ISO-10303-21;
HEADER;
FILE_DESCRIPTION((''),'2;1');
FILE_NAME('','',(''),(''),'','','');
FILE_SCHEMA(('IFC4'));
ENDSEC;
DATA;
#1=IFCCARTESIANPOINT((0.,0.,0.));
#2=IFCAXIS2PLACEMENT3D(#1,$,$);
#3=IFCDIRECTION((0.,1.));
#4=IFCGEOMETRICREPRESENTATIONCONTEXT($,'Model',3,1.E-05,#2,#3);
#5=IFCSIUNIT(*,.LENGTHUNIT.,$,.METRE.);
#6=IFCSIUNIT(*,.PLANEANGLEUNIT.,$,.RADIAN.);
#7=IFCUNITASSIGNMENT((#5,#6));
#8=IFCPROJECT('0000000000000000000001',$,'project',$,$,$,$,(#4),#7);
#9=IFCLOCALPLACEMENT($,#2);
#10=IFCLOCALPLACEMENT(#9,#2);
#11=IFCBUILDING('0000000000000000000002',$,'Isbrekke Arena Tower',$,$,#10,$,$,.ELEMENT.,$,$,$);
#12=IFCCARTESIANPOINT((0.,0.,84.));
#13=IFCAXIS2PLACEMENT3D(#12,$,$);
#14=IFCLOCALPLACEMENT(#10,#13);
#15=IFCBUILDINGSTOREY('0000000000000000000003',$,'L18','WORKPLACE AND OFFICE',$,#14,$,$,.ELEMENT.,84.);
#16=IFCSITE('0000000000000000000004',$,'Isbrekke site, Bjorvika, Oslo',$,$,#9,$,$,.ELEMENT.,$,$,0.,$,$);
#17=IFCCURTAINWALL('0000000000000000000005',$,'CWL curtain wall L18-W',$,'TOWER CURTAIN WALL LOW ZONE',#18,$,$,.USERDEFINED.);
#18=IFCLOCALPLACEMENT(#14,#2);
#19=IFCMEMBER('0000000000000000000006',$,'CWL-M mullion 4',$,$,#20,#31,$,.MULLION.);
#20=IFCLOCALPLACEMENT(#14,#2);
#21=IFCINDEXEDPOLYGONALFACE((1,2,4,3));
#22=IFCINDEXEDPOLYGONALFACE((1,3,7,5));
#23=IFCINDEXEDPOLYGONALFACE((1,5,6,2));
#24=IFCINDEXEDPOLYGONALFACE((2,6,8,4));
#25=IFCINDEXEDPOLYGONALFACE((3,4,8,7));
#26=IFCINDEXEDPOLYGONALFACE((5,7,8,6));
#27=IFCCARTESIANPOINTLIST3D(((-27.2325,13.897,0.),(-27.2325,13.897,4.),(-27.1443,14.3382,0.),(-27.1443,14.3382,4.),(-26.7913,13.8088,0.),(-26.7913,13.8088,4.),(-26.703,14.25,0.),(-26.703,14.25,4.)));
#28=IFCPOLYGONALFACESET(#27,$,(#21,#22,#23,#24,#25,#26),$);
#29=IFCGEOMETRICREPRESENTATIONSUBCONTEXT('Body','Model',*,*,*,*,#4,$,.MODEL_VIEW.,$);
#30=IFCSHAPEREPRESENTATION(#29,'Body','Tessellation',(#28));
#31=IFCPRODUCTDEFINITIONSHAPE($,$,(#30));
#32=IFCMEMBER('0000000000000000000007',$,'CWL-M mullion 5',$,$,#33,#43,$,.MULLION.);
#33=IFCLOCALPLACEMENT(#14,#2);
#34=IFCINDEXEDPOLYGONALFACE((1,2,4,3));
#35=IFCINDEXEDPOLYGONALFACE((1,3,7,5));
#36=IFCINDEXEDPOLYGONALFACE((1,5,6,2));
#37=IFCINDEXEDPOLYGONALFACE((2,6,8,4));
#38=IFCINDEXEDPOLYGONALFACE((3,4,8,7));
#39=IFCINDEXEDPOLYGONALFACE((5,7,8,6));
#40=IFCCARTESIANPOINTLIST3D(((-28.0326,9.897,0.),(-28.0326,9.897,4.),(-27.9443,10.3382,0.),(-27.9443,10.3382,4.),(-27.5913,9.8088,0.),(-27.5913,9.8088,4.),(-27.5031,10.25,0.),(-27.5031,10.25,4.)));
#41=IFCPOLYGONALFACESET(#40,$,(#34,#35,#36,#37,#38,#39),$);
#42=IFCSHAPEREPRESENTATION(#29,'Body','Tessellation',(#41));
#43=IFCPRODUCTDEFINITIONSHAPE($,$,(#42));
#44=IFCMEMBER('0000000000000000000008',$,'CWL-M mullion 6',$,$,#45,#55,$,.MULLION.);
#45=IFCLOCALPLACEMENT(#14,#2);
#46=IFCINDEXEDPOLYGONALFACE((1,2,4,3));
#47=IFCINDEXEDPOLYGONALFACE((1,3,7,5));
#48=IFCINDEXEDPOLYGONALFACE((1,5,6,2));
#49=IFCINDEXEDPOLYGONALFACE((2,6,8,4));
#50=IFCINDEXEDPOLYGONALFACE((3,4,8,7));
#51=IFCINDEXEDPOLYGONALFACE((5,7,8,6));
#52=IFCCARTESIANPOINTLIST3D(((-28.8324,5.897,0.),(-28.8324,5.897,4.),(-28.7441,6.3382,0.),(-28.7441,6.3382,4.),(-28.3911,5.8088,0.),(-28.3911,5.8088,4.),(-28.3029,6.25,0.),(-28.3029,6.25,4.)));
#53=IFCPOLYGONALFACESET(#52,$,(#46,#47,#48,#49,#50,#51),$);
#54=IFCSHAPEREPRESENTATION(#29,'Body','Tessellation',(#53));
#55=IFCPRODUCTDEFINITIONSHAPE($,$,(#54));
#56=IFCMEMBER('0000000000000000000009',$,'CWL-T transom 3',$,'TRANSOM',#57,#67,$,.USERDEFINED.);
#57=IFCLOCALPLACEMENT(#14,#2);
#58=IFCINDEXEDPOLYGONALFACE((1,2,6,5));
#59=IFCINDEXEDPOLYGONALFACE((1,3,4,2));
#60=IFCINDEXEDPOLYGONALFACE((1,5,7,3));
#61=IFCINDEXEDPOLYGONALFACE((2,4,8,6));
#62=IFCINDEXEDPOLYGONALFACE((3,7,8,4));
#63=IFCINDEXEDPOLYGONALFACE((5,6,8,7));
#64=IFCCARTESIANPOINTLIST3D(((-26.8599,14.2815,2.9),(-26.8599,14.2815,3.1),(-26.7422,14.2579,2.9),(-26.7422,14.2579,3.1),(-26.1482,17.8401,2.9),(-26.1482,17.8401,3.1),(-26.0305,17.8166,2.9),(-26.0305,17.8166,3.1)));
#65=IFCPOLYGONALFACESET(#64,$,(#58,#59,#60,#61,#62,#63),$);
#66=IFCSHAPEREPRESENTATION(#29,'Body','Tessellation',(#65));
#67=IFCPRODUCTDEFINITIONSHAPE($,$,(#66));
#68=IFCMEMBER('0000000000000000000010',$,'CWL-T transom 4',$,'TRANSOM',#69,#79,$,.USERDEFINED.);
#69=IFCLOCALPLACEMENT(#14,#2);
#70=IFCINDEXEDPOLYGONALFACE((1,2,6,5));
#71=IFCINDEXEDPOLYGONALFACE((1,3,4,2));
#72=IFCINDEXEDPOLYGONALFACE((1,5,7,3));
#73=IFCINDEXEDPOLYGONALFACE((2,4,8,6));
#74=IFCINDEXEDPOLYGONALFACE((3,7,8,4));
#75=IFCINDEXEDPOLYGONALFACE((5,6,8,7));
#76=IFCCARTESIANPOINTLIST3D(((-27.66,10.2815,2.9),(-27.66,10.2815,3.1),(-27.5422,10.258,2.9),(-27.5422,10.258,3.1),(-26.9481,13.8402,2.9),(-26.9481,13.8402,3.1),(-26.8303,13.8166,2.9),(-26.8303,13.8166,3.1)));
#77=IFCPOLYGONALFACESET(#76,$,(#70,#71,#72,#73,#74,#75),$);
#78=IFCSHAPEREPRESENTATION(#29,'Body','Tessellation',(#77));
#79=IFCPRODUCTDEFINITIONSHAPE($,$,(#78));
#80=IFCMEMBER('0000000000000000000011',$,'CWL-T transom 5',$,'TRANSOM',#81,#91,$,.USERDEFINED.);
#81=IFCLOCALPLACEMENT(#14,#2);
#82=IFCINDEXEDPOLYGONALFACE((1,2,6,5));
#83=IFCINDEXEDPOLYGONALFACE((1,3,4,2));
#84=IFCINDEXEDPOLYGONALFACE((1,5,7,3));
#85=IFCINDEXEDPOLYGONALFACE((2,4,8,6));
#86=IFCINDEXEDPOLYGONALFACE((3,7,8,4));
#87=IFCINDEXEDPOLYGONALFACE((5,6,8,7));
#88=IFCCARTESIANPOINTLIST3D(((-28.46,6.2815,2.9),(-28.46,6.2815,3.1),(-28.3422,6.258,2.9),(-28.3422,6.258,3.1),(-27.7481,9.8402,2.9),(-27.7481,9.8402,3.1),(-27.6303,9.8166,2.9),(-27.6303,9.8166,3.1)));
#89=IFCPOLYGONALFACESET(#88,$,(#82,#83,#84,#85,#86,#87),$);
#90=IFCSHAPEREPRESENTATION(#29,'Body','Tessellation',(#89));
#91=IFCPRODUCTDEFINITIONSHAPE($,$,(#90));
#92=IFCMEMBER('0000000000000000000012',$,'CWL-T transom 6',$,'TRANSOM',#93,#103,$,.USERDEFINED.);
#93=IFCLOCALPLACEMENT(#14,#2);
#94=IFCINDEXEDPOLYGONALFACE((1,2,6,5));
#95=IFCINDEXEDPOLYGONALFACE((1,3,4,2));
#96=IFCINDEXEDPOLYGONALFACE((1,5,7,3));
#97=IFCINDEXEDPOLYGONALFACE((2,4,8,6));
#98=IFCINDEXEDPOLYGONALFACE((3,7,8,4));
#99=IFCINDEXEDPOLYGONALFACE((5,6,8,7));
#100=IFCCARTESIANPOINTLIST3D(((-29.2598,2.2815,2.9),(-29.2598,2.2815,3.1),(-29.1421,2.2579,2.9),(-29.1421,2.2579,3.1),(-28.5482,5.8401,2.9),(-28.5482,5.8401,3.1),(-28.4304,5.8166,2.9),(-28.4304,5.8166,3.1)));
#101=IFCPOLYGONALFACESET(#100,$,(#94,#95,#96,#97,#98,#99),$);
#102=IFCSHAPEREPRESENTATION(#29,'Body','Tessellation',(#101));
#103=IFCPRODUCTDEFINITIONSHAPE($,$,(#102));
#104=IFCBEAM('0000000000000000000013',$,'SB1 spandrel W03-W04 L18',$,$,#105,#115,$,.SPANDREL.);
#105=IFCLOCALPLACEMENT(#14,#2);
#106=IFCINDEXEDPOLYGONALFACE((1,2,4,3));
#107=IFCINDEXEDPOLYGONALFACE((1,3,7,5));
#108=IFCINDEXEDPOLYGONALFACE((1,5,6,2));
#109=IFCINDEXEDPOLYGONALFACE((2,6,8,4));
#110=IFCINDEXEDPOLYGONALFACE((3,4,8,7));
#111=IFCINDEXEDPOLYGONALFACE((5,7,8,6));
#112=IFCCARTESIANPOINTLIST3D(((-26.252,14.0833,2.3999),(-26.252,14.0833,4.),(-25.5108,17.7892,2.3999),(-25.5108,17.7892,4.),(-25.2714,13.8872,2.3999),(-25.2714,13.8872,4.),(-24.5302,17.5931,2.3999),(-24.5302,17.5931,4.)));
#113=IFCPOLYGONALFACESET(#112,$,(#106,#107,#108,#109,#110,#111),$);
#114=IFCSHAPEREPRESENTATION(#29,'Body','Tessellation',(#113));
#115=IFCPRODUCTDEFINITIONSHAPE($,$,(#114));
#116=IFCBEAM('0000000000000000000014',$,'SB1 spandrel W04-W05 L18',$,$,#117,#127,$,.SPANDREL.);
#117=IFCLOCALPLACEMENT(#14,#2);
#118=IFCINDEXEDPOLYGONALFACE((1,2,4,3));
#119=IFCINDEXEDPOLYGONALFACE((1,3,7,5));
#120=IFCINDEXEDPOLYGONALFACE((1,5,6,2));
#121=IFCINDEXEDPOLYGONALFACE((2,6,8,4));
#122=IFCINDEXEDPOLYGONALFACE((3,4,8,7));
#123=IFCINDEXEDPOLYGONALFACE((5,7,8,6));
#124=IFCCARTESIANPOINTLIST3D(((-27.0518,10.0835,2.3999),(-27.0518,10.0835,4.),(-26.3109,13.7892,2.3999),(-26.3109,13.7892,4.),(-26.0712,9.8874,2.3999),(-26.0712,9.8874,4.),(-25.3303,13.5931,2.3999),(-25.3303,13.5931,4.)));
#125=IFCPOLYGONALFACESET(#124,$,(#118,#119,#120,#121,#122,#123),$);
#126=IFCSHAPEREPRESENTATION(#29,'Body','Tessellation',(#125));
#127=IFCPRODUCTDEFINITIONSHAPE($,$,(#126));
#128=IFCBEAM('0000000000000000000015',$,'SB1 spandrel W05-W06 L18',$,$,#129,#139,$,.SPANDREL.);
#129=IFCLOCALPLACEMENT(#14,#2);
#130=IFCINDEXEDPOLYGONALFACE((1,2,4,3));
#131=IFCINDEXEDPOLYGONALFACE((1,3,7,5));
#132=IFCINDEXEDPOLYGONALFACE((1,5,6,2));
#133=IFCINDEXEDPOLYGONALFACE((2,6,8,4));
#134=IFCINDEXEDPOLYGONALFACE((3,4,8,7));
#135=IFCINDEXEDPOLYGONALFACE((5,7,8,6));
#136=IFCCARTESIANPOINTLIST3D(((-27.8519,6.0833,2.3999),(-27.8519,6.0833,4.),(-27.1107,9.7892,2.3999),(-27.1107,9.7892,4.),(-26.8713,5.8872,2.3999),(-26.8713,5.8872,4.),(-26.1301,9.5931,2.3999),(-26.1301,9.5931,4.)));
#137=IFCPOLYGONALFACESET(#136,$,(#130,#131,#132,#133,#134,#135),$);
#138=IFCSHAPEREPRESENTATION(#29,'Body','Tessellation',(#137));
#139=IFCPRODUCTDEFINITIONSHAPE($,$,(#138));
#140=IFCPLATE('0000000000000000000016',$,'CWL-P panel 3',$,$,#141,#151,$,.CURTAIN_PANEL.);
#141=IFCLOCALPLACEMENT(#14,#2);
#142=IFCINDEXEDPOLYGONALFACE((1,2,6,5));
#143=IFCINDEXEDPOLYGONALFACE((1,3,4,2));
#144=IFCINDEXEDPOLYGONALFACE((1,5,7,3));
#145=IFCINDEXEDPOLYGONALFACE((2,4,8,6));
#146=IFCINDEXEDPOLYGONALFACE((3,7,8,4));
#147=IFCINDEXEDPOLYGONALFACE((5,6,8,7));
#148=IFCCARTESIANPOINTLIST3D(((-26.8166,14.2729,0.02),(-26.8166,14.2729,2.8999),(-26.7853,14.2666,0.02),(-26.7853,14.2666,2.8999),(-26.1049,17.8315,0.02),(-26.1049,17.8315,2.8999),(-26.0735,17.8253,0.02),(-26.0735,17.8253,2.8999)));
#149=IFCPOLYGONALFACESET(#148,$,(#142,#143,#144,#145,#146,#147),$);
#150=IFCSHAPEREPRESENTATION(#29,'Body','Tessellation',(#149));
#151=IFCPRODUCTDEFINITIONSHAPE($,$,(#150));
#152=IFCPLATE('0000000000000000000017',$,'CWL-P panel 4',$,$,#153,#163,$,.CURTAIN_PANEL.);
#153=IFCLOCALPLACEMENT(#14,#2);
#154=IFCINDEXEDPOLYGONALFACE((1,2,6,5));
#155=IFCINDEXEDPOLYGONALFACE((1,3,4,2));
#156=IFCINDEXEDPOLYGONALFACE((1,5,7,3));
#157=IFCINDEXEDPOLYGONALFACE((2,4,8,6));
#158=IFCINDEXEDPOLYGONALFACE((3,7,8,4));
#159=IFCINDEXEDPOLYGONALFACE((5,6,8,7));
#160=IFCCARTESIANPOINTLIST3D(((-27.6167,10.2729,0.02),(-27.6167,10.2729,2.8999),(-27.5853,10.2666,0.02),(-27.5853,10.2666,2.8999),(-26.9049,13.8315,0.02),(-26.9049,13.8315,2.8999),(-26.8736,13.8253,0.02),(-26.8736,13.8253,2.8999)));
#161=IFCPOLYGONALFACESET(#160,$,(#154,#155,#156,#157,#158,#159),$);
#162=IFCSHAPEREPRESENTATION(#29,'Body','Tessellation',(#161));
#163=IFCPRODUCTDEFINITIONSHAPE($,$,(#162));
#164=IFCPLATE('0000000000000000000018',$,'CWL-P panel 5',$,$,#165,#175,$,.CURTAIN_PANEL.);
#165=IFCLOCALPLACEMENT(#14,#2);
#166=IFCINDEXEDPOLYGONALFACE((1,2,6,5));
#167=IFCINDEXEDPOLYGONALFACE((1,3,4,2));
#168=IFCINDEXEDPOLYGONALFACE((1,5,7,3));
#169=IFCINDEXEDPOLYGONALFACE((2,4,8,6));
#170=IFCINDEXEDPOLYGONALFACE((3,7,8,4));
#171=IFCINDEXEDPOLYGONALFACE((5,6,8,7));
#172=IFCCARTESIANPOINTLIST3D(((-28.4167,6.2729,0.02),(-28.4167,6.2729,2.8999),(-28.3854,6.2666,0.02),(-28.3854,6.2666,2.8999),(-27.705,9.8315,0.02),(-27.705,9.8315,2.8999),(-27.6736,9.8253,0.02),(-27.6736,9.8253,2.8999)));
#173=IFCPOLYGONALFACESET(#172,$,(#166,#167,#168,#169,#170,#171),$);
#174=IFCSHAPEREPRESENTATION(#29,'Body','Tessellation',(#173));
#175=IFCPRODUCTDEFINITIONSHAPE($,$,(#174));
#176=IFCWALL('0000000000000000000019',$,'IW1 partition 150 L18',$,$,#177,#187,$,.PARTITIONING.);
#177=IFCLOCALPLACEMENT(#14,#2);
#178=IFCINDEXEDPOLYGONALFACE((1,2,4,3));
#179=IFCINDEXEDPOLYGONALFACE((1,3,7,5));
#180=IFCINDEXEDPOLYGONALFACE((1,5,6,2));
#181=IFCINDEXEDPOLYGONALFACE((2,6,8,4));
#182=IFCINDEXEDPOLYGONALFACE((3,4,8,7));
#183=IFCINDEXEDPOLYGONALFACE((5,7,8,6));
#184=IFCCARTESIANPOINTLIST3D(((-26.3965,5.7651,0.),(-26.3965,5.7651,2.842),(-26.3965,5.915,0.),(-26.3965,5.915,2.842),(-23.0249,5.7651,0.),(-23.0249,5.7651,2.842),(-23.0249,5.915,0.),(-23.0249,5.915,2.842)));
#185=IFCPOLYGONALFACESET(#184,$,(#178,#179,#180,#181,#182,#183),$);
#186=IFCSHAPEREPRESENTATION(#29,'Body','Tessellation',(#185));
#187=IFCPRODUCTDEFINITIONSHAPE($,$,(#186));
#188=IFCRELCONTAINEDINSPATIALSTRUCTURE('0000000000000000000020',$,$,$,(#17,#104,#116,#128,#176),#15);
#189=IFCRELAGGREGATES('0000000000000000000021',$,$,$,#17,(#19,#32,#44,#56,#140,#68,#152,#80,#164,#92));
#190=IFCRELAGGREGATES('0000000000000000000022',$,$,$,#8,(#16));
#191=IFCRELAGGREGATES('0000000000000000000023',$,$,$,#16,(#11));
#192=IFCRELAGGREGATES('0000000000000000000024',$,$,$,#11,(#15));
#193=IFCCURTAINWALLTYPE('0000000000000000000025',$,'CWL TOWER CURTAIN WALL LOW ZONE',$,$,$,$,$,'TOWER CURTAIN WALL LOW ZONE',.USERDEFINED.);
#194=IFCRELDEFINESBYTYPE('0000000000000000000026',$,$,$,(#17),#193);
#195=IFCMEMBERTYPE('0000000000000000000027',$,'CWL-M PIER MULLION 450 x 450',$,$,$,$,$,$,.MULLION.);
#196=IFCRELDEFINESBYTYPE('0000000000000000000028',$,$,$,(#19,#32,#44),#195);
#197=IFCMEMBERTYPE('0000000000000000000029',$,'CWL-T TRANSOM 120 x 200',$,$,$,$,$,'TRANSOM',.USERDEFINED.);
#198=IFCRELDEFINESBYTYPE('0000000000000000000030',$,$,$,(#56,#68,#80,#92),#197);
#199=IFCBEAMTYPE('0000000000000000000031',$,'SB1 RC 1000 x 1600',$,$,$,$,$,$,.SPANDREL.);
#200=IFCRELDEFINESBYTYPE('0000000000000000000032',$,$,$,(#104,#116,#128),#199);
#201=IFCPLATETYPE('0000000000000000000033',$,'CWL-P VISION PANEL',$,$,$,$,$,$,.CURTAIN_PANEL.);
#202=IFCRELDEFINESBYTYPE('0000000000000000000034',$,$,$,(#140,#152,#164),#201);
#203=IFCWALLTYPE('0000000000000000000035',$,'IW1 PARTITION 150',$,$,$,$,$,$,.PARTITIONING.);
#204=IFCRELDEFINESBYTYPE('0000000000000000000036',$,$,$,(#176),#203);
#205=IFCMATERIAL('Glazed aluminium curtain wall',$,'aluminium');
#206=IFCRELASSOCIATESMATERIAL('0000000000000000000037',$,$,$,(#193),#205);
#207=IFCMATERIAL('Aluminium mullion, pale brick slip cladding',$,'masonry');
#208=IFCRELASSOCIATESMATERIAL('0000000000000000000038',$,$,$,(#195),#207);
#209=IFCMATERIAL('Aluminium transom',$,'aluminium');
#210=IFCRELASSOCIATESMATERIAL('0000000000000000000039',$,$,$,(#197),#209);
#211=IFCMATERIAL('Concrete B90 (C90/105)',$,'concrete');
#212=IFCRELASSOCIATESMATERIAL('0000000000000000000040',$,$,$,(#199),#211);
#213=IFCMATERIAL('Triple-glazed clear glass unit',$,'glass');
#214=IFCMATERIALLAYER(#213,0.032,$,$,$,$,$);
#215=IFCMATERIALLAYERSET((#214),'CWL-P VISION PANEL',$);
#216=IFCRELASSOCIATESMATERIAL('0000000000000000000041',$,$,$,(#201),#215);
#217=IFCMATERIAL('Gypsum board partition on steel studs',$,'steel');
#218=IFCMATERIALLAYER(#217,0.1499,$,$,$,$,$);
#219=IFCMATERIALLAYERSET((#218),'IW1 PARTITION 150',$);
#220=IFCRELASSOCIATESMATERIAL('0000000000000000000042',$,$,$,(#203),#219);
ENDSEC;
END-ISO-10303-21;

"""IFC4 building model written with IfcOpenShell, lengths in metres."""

from ifc_helpers import new_model, si_unit, direction, frame, frame_2d, origin, origin_2d, place, context, subcontext, project, spatial, rectangle, extrude, material, layer, layer_set, material_profile, profile_set, type_object, element, aggregate, save


model = new_model("IFC4")

# Units and contexts
model_context = context("Model", 3, precision=1e-05, world=origin(), true_north=direction((0.0, 1.0)))
body_context = subcontext(model_context, "Body", "Model", "MODEL_VIEW")
ifc_project = project(units=[si_unit("LENGTHUNIT", "METRE"), si_unit("PLANEANGLEUNIT", "RADIAN")], contexts=[model_context])

# Site, building, storey
site_placement = place(None, origin())
site = spatial("IfcSite", under=ifc_project, at=site_placement, Name="Isbrekke site, Bjorvika, Oslo", CompositionType="ELEMENT", RefElevation=0.0)
building_placement = place(site_placement, origin())
building = spatial("IfcBuilding", under=site, at=building_placement, Name="Isbrekke Arena Tower", CompositionType="ELEMENT")
storey_placement = place(building_placement, frame((0.0, 0.0, 84.0)))
storey = spatial("IfcBuildingStorey", under=building, at=storey_placement, Name="L18", Description="WORKPLACE AND OFFICE", CompositionType="ELEMENT", Elevation=84.0)

# Curtain wall, members
ifc_material_1 = material(Name="Glazed aluminium curtain wall", Category="aluminium")
curtain_wall_type = type_object("IfcCurtainWallType", Name="CWL TOWER CURTAIN WALL LOW ZONE", ElementType="TOWER CURTAIN WALL LOW ZONE", PredefinedType="USERDEFINED", material=ifc_material_1)
curtain_wall_placement = place(storey_placement, origin())
curtain_wall = element("IfcCurtainWall", 1, at=curtain_wall_placement, inside=storey, type_object=curtain_wall_type, Name="CWL curtain wall L18-W", ObjectType="TOWER CURTAIN WALL LOW ZONE", PredefinedType="USERDEFINED")
ifc_material_2 = material(Name="Aluminium mullion, pale brick slip cladding", Category="masonry")
ifc_material_profile_1 = material_profile(ifc_material_2, rectangle(XDim=0.45, YDim=0.45, at=origin_2d()), Name="PIER 450X450")
ifc_profile_set_1 = profile_set([ifc_material_profile_1], Name="Aluminium mullion, pale brick slip cladding")
member_type_1 = type_object("IfcMemberType", Name="CWL-M PIER MULLION 450 x 450", PredefinedType="MULLION", material=ifc_profile_set_1)
member_1_placement = place(storey_placement, frame((-26.9678, 14.0735, 0.0), z_axis=(0.0, 0.0, 1.0), x_axis=(-0.196116, -0.980581, 0.0)))
member_1 = element("IfcMember", 2, at=member_1_placement, type_object=member_type_1, Name="CWL-M mullion 4", PredefinedType="MULLION", context=body_context, shape_type="SweptSolid", body=[
    extrude(rectangle(XDim=0.45, YDim=0.45, at=origin_2d()), origin(), (0.0, 0.0, 1.0), 4.0),
])
member_2_placement = place(storey_placement, frame((-27.7678, 10.0735, 0.0), z_axis=(0.0, 0.0, 1.0), x_axis=(-0.196116, -0.980581, 0.0)))
member_2 = element("IfcMember", 3, at=member_2_placement, type_object=member_type_1, Name="CWL-M mullion 5", PredefinedType="MULLION", context=body_context, shape_type="SweptSolid", body=[
    extrude(rectangle(XDim=0.45, YDim=0.45, at=origin_2d()), origin(), (0.0, 0.0, 1.0), 4.0),
])
member_3_placement = place(storey_placement, frame((-28.5676, 6.0735, 0.0), z_axis=(0.0, 0.0, 1.0), x_axis=(-0.196116, -0.980581, 0.0)))
member_3 = element("IfcMember", 4, at=member_3_placement, type_object=member_type_1, Name="CWL-M mullion 6", PredefinedType="MULLION", context=body_context, shape_type="SweptSolid", body=[
    extrude(rectangle(XDim=0.45, YDim=0.45, at=origin_2d()), origin(), (0.0, 0.0, 1.0), 4.0),
])
ifc_material_3 = material(Name="Aluminium transom", Category="aluminium")
ifc_material_profile_2 = material_profile(ifc_material_3, rectangle(XDim=0.1201, YDim=0.2, at=origin_2d()), Name="TRANSOM 120X200")
ifc_profile_set_2 = profile_set([ifc_material_profile_2], Name="Aluminium transom")
member_type_2 = type_object("IfcMemberType", Name="CWL-T TRANSOM 120 x 200", ElementType="TRANSOM", PredefinedType="USERDEFINED", material=ifc_profile_set_2)
member_4_placement = place(storey_placement, frame((-26.0894, 17.8284, 3.0), z_axis=(-0.196103, -0.980583, 0.0), x_axis=(0.980583, -0.196103, 0.0)))
member_4 = element("IfcMember", 5, at=member_4_placement, type_object=member_type_2, Name="CWL-T transom 3", ObjectType="TRANSOM", PredefinedType="USERDEFINED", context=body_context, shape_type="SweptSolid", body=[
    extrude(rectangle(XDim=0.1201, YDim=0.2, at=origin_2d()), origin(), (0.0, 0.0, 1.0), 3.6292),
])
member_5_placement = place(storey_placement, frame((-26.8892, 13.8284, 3.0), z_axis=(-0.196168, -0.98057, 0.0), x_axis=(0.98057, -0.196168, 0.0)))
member_5 = element("IfcMember", 6, at=member_5_placement, type_object=member_type_2, Name="CWL-T transom 4", ObjectType="TRANSOM", PredefinedType="USERDEFINED", context=body_context, shape_type="SweptSolid", body=[
    extrude(rectangle(XDim=0.1201, YDim=0.2, at=origin_2d()), origin(), (0.0, 0.0, 1.0), 3.6292),
])
member_6_placement = place(storey_placement, frame((-27.6892, 9.8284, 3.0), z_axis=(-0.196168, -0.98057, 0.0), x_axis=(0.98057, -0.196168, 0.0)))
member_6 = element("IfcMember", 7, at=member_6_placement, type_object=member_type_2, Name="CWL-T transom 5", ObjectType="TRANSOM", PredefinedType="USERDEFINED", context=body_context, shape_type="SweptSolid", body=[
    extrude(rectangle(XDim=0.1201, YDim=0.2, at=origin_2d()), origin(), (0.0, 0.0, 1.0), 3.6292),
])
member_7_placement = place(storey_placement, frame((-28.4893, 5.8284, 3.0), z_axis=(-0.196103, -0.980583, 0.0), x_axis=(0.980583, -0.196103, 0.0)))
member_7 = element("IfcMember", 8, at=member_7_placement, type_object=member_type_2, Name="CWL-T transom 6", ObjectType="TRANSOM", PredefinedType="USERDEFINED", context=body_context, shape_type="SweptSolid", body=[
    extrude(rectangle(XDim=0.1201, YDim=0.2, at=origin_2d()), origin(), (0.0, 0.0, 1.0), 3.6292),
])

# Beams
ifc_material_4 = material(Name="Concrete B90 (C90/105)", Category="concrete")
ifc_material_profile_3 = material_profile(ifc_material_4, rectangle(XDim=1.0, YDim=1.6001, at=origin_2d()), Name="RC 1000x1600")
ifc_profile_set_3 = profile_set([ifc_material_profile_3], Name="Concrete B90 (C90/105)")
beam_type_1 = type_object("IfcBeamType", Name="SB1 RC 1000 x 1600", PredefinedType="SPANDREL", material=ifc_profile_set_3)
beam_1_placement = place(storey_placement, frame((-25.0205, 17.6912, 3.2), z_axis=(-0.196129, -0.980578, 0.0), x_axis=(0.980578, -0.196129, 0.0)))
element("IfcBeam", 9, at=beam_1_placement, inside=storey, type_object=beam_type_1, Name="SB1 spandrel W03-W04 L18", PredefinedType="SPANDREL", context=body_context, shape_type="SweptSolid", body=[
    extrude(rectangle(XDim=1.0, YDim=1.6001, at=origin_2d()), origin(), (0.0, 0.0, 1.0), 3.7793),
])
beam_2_placement = place(storey_placement, frame((-25.8206, 13.6912, 3.2), z_axis=(-0.196066, -0.980591, 0.0), x_axis=(0.980591, -0.196066, 0.0)))
element("IfcBeam", 10, at=beam_2_placement, inside=storey, type_object=beam_type_1, Name="SB1 spandrel W04-W05 L18", PredefinedType="SPANDREL", context=body_context, shape_type="SweptSolid", body=[
    extrude(rectangle(XDim=1.0, YDim=1.6001, at=origin_2d()), origin(), (0.0, 0.0, 1.0), 3.7791),
])
beam_3_placement = place(storey_placement, frame((-26.6204, 9.6912, 3.2), z_axis=(-0.196129, -0.980578, 0.0), x_axis=(0.980578, -0.196129, 0.0)))
element("IfcBeam", 11, at=beam_3_placement, inside=storey, type_object=beam_type_1, Name="SB1 spandrel W05-W06 L18", PredefinedType="SPANDREL", context=body_context, shape_type="SweptSolid", body=[
    extrude(rectangle(XDim=1.0, YDim=1.6001, at=origin_2d()), origin(), (0.0, 0.0, 1.0), 3.7793),
])

# Plates
ifc_material_5 = material(Name="Triple-glazed clear glass unit", Category="glass")
ifc_layer_1 = layer(ifc_material_5, 0.032)
ifc_layer_set_1 = layer_set([ifc_layer_1], Name="CWL-P VISION PANEL")
plate_type = type_object("IfcPlateType", Name="CWL-P VISION PANEL", PredefinedType="CURTAIN_PANEL", material=ifc_layer_set_1)
plate_1_placement = place(storey_placement, frame((-26.4451, 16.0491, 0.02), z_axis=(0.0, 0.0, 1.0), x_axis=(-0.196116, -0.980581, 0.0)))
plate_1 = element("IfcPlate", 12, at=plate_1_placement, type_object=plate_type, Name="CWL-P panel 3", PredefinedType="CURTAIN_PANEL", context=body_context, shape_type="SweptSolid", body=[
    extrude(rectangle(XDim=3.6292, YDim=0.032, at=origin_2d()), origin(), (0.0, 0.0, 1.0), 2.8799),
])
plate_2_placement = place(storey_placement, frame((-27.2451, 12.0491, 0.02), z_axis=(0.0, 0.0, 1.0), x_axis=(-0.196116, -0.980581, 0.0)))
plate_2 = element("IfcPlate", 13, at=plate_2_placement, type_object=plate_type, Name="CWL-P panel 4", PredefinedType="CURTAIN_PANEL", context=body_context, shape_type="SweptSolid", body=[
    extrude(rectangle(XDim=3.6292, YDim=0.032, at=origin_2d()), origin(), (0.0, 0.0, 1.0), 2.8799),
])
plate_3_placement = place(storey_placement, frame((-28.0452, 8.0491, 0.02), z_axis=(0.0, 0.0, 1.0), x_axis=(-0.196116, -0.980581, 0.0)))
plate_3 = element("IfcPlate", 14, at=plate_3_placement, type_object=plate_type, Name="CWL-P panel 5", PredefinedType="CURTAIN_PANEL", context=body_context, shape_type="SweptSolid", body=[
    extrude(rectangle(XDim=3.6292, YDim=0.032, at=origin_2d()), origin(), (0.0, 0.0, 1.0), 2.8799),
])
aggregate(curtain_wall, [member_1, member_2, member_3, member_4, plate_1, member_5, plate_2, member_6, plate_3, member_7])

# Wall
ifc_material_6 = material(Name="Gypsum board partition on steel studs", Category="steel")
ifc_layer_2 = layer(ifc_material_6, 0.1499)
ifc_layer_set_2 = layer_set([ifc_layer_2], Name="IW1 PARTITION 150")
wall_type = type_object("IfcWallType", Name="IW1 PARTITION 150", PredefinedType="PARTITIONING", material=ifc_layer_set_2)
wall_1_placement = place(storey_placement, frame((-26.3965, 5.8401, 0.0), z_axis=(0.0, 0.0, 1.0), x_axis=(1.0, 0.0, 0.0)))
element("IfcWall", 15, at=wall_1_placement, inside=storey, type_object=wall_type, Name="IW1 partition 150 L18", PredefinedType="PARTITIONING", context=body_context, shape_type="SweptSolid", body=[
    extrude(rectangle(XDim=3.3716, YDim=0.1499, at=frame_2d((1.6858, 0.0))), origin(), (0.0, 0.0, 1.0), 2.842),
])

save(model, "model.ifc")
